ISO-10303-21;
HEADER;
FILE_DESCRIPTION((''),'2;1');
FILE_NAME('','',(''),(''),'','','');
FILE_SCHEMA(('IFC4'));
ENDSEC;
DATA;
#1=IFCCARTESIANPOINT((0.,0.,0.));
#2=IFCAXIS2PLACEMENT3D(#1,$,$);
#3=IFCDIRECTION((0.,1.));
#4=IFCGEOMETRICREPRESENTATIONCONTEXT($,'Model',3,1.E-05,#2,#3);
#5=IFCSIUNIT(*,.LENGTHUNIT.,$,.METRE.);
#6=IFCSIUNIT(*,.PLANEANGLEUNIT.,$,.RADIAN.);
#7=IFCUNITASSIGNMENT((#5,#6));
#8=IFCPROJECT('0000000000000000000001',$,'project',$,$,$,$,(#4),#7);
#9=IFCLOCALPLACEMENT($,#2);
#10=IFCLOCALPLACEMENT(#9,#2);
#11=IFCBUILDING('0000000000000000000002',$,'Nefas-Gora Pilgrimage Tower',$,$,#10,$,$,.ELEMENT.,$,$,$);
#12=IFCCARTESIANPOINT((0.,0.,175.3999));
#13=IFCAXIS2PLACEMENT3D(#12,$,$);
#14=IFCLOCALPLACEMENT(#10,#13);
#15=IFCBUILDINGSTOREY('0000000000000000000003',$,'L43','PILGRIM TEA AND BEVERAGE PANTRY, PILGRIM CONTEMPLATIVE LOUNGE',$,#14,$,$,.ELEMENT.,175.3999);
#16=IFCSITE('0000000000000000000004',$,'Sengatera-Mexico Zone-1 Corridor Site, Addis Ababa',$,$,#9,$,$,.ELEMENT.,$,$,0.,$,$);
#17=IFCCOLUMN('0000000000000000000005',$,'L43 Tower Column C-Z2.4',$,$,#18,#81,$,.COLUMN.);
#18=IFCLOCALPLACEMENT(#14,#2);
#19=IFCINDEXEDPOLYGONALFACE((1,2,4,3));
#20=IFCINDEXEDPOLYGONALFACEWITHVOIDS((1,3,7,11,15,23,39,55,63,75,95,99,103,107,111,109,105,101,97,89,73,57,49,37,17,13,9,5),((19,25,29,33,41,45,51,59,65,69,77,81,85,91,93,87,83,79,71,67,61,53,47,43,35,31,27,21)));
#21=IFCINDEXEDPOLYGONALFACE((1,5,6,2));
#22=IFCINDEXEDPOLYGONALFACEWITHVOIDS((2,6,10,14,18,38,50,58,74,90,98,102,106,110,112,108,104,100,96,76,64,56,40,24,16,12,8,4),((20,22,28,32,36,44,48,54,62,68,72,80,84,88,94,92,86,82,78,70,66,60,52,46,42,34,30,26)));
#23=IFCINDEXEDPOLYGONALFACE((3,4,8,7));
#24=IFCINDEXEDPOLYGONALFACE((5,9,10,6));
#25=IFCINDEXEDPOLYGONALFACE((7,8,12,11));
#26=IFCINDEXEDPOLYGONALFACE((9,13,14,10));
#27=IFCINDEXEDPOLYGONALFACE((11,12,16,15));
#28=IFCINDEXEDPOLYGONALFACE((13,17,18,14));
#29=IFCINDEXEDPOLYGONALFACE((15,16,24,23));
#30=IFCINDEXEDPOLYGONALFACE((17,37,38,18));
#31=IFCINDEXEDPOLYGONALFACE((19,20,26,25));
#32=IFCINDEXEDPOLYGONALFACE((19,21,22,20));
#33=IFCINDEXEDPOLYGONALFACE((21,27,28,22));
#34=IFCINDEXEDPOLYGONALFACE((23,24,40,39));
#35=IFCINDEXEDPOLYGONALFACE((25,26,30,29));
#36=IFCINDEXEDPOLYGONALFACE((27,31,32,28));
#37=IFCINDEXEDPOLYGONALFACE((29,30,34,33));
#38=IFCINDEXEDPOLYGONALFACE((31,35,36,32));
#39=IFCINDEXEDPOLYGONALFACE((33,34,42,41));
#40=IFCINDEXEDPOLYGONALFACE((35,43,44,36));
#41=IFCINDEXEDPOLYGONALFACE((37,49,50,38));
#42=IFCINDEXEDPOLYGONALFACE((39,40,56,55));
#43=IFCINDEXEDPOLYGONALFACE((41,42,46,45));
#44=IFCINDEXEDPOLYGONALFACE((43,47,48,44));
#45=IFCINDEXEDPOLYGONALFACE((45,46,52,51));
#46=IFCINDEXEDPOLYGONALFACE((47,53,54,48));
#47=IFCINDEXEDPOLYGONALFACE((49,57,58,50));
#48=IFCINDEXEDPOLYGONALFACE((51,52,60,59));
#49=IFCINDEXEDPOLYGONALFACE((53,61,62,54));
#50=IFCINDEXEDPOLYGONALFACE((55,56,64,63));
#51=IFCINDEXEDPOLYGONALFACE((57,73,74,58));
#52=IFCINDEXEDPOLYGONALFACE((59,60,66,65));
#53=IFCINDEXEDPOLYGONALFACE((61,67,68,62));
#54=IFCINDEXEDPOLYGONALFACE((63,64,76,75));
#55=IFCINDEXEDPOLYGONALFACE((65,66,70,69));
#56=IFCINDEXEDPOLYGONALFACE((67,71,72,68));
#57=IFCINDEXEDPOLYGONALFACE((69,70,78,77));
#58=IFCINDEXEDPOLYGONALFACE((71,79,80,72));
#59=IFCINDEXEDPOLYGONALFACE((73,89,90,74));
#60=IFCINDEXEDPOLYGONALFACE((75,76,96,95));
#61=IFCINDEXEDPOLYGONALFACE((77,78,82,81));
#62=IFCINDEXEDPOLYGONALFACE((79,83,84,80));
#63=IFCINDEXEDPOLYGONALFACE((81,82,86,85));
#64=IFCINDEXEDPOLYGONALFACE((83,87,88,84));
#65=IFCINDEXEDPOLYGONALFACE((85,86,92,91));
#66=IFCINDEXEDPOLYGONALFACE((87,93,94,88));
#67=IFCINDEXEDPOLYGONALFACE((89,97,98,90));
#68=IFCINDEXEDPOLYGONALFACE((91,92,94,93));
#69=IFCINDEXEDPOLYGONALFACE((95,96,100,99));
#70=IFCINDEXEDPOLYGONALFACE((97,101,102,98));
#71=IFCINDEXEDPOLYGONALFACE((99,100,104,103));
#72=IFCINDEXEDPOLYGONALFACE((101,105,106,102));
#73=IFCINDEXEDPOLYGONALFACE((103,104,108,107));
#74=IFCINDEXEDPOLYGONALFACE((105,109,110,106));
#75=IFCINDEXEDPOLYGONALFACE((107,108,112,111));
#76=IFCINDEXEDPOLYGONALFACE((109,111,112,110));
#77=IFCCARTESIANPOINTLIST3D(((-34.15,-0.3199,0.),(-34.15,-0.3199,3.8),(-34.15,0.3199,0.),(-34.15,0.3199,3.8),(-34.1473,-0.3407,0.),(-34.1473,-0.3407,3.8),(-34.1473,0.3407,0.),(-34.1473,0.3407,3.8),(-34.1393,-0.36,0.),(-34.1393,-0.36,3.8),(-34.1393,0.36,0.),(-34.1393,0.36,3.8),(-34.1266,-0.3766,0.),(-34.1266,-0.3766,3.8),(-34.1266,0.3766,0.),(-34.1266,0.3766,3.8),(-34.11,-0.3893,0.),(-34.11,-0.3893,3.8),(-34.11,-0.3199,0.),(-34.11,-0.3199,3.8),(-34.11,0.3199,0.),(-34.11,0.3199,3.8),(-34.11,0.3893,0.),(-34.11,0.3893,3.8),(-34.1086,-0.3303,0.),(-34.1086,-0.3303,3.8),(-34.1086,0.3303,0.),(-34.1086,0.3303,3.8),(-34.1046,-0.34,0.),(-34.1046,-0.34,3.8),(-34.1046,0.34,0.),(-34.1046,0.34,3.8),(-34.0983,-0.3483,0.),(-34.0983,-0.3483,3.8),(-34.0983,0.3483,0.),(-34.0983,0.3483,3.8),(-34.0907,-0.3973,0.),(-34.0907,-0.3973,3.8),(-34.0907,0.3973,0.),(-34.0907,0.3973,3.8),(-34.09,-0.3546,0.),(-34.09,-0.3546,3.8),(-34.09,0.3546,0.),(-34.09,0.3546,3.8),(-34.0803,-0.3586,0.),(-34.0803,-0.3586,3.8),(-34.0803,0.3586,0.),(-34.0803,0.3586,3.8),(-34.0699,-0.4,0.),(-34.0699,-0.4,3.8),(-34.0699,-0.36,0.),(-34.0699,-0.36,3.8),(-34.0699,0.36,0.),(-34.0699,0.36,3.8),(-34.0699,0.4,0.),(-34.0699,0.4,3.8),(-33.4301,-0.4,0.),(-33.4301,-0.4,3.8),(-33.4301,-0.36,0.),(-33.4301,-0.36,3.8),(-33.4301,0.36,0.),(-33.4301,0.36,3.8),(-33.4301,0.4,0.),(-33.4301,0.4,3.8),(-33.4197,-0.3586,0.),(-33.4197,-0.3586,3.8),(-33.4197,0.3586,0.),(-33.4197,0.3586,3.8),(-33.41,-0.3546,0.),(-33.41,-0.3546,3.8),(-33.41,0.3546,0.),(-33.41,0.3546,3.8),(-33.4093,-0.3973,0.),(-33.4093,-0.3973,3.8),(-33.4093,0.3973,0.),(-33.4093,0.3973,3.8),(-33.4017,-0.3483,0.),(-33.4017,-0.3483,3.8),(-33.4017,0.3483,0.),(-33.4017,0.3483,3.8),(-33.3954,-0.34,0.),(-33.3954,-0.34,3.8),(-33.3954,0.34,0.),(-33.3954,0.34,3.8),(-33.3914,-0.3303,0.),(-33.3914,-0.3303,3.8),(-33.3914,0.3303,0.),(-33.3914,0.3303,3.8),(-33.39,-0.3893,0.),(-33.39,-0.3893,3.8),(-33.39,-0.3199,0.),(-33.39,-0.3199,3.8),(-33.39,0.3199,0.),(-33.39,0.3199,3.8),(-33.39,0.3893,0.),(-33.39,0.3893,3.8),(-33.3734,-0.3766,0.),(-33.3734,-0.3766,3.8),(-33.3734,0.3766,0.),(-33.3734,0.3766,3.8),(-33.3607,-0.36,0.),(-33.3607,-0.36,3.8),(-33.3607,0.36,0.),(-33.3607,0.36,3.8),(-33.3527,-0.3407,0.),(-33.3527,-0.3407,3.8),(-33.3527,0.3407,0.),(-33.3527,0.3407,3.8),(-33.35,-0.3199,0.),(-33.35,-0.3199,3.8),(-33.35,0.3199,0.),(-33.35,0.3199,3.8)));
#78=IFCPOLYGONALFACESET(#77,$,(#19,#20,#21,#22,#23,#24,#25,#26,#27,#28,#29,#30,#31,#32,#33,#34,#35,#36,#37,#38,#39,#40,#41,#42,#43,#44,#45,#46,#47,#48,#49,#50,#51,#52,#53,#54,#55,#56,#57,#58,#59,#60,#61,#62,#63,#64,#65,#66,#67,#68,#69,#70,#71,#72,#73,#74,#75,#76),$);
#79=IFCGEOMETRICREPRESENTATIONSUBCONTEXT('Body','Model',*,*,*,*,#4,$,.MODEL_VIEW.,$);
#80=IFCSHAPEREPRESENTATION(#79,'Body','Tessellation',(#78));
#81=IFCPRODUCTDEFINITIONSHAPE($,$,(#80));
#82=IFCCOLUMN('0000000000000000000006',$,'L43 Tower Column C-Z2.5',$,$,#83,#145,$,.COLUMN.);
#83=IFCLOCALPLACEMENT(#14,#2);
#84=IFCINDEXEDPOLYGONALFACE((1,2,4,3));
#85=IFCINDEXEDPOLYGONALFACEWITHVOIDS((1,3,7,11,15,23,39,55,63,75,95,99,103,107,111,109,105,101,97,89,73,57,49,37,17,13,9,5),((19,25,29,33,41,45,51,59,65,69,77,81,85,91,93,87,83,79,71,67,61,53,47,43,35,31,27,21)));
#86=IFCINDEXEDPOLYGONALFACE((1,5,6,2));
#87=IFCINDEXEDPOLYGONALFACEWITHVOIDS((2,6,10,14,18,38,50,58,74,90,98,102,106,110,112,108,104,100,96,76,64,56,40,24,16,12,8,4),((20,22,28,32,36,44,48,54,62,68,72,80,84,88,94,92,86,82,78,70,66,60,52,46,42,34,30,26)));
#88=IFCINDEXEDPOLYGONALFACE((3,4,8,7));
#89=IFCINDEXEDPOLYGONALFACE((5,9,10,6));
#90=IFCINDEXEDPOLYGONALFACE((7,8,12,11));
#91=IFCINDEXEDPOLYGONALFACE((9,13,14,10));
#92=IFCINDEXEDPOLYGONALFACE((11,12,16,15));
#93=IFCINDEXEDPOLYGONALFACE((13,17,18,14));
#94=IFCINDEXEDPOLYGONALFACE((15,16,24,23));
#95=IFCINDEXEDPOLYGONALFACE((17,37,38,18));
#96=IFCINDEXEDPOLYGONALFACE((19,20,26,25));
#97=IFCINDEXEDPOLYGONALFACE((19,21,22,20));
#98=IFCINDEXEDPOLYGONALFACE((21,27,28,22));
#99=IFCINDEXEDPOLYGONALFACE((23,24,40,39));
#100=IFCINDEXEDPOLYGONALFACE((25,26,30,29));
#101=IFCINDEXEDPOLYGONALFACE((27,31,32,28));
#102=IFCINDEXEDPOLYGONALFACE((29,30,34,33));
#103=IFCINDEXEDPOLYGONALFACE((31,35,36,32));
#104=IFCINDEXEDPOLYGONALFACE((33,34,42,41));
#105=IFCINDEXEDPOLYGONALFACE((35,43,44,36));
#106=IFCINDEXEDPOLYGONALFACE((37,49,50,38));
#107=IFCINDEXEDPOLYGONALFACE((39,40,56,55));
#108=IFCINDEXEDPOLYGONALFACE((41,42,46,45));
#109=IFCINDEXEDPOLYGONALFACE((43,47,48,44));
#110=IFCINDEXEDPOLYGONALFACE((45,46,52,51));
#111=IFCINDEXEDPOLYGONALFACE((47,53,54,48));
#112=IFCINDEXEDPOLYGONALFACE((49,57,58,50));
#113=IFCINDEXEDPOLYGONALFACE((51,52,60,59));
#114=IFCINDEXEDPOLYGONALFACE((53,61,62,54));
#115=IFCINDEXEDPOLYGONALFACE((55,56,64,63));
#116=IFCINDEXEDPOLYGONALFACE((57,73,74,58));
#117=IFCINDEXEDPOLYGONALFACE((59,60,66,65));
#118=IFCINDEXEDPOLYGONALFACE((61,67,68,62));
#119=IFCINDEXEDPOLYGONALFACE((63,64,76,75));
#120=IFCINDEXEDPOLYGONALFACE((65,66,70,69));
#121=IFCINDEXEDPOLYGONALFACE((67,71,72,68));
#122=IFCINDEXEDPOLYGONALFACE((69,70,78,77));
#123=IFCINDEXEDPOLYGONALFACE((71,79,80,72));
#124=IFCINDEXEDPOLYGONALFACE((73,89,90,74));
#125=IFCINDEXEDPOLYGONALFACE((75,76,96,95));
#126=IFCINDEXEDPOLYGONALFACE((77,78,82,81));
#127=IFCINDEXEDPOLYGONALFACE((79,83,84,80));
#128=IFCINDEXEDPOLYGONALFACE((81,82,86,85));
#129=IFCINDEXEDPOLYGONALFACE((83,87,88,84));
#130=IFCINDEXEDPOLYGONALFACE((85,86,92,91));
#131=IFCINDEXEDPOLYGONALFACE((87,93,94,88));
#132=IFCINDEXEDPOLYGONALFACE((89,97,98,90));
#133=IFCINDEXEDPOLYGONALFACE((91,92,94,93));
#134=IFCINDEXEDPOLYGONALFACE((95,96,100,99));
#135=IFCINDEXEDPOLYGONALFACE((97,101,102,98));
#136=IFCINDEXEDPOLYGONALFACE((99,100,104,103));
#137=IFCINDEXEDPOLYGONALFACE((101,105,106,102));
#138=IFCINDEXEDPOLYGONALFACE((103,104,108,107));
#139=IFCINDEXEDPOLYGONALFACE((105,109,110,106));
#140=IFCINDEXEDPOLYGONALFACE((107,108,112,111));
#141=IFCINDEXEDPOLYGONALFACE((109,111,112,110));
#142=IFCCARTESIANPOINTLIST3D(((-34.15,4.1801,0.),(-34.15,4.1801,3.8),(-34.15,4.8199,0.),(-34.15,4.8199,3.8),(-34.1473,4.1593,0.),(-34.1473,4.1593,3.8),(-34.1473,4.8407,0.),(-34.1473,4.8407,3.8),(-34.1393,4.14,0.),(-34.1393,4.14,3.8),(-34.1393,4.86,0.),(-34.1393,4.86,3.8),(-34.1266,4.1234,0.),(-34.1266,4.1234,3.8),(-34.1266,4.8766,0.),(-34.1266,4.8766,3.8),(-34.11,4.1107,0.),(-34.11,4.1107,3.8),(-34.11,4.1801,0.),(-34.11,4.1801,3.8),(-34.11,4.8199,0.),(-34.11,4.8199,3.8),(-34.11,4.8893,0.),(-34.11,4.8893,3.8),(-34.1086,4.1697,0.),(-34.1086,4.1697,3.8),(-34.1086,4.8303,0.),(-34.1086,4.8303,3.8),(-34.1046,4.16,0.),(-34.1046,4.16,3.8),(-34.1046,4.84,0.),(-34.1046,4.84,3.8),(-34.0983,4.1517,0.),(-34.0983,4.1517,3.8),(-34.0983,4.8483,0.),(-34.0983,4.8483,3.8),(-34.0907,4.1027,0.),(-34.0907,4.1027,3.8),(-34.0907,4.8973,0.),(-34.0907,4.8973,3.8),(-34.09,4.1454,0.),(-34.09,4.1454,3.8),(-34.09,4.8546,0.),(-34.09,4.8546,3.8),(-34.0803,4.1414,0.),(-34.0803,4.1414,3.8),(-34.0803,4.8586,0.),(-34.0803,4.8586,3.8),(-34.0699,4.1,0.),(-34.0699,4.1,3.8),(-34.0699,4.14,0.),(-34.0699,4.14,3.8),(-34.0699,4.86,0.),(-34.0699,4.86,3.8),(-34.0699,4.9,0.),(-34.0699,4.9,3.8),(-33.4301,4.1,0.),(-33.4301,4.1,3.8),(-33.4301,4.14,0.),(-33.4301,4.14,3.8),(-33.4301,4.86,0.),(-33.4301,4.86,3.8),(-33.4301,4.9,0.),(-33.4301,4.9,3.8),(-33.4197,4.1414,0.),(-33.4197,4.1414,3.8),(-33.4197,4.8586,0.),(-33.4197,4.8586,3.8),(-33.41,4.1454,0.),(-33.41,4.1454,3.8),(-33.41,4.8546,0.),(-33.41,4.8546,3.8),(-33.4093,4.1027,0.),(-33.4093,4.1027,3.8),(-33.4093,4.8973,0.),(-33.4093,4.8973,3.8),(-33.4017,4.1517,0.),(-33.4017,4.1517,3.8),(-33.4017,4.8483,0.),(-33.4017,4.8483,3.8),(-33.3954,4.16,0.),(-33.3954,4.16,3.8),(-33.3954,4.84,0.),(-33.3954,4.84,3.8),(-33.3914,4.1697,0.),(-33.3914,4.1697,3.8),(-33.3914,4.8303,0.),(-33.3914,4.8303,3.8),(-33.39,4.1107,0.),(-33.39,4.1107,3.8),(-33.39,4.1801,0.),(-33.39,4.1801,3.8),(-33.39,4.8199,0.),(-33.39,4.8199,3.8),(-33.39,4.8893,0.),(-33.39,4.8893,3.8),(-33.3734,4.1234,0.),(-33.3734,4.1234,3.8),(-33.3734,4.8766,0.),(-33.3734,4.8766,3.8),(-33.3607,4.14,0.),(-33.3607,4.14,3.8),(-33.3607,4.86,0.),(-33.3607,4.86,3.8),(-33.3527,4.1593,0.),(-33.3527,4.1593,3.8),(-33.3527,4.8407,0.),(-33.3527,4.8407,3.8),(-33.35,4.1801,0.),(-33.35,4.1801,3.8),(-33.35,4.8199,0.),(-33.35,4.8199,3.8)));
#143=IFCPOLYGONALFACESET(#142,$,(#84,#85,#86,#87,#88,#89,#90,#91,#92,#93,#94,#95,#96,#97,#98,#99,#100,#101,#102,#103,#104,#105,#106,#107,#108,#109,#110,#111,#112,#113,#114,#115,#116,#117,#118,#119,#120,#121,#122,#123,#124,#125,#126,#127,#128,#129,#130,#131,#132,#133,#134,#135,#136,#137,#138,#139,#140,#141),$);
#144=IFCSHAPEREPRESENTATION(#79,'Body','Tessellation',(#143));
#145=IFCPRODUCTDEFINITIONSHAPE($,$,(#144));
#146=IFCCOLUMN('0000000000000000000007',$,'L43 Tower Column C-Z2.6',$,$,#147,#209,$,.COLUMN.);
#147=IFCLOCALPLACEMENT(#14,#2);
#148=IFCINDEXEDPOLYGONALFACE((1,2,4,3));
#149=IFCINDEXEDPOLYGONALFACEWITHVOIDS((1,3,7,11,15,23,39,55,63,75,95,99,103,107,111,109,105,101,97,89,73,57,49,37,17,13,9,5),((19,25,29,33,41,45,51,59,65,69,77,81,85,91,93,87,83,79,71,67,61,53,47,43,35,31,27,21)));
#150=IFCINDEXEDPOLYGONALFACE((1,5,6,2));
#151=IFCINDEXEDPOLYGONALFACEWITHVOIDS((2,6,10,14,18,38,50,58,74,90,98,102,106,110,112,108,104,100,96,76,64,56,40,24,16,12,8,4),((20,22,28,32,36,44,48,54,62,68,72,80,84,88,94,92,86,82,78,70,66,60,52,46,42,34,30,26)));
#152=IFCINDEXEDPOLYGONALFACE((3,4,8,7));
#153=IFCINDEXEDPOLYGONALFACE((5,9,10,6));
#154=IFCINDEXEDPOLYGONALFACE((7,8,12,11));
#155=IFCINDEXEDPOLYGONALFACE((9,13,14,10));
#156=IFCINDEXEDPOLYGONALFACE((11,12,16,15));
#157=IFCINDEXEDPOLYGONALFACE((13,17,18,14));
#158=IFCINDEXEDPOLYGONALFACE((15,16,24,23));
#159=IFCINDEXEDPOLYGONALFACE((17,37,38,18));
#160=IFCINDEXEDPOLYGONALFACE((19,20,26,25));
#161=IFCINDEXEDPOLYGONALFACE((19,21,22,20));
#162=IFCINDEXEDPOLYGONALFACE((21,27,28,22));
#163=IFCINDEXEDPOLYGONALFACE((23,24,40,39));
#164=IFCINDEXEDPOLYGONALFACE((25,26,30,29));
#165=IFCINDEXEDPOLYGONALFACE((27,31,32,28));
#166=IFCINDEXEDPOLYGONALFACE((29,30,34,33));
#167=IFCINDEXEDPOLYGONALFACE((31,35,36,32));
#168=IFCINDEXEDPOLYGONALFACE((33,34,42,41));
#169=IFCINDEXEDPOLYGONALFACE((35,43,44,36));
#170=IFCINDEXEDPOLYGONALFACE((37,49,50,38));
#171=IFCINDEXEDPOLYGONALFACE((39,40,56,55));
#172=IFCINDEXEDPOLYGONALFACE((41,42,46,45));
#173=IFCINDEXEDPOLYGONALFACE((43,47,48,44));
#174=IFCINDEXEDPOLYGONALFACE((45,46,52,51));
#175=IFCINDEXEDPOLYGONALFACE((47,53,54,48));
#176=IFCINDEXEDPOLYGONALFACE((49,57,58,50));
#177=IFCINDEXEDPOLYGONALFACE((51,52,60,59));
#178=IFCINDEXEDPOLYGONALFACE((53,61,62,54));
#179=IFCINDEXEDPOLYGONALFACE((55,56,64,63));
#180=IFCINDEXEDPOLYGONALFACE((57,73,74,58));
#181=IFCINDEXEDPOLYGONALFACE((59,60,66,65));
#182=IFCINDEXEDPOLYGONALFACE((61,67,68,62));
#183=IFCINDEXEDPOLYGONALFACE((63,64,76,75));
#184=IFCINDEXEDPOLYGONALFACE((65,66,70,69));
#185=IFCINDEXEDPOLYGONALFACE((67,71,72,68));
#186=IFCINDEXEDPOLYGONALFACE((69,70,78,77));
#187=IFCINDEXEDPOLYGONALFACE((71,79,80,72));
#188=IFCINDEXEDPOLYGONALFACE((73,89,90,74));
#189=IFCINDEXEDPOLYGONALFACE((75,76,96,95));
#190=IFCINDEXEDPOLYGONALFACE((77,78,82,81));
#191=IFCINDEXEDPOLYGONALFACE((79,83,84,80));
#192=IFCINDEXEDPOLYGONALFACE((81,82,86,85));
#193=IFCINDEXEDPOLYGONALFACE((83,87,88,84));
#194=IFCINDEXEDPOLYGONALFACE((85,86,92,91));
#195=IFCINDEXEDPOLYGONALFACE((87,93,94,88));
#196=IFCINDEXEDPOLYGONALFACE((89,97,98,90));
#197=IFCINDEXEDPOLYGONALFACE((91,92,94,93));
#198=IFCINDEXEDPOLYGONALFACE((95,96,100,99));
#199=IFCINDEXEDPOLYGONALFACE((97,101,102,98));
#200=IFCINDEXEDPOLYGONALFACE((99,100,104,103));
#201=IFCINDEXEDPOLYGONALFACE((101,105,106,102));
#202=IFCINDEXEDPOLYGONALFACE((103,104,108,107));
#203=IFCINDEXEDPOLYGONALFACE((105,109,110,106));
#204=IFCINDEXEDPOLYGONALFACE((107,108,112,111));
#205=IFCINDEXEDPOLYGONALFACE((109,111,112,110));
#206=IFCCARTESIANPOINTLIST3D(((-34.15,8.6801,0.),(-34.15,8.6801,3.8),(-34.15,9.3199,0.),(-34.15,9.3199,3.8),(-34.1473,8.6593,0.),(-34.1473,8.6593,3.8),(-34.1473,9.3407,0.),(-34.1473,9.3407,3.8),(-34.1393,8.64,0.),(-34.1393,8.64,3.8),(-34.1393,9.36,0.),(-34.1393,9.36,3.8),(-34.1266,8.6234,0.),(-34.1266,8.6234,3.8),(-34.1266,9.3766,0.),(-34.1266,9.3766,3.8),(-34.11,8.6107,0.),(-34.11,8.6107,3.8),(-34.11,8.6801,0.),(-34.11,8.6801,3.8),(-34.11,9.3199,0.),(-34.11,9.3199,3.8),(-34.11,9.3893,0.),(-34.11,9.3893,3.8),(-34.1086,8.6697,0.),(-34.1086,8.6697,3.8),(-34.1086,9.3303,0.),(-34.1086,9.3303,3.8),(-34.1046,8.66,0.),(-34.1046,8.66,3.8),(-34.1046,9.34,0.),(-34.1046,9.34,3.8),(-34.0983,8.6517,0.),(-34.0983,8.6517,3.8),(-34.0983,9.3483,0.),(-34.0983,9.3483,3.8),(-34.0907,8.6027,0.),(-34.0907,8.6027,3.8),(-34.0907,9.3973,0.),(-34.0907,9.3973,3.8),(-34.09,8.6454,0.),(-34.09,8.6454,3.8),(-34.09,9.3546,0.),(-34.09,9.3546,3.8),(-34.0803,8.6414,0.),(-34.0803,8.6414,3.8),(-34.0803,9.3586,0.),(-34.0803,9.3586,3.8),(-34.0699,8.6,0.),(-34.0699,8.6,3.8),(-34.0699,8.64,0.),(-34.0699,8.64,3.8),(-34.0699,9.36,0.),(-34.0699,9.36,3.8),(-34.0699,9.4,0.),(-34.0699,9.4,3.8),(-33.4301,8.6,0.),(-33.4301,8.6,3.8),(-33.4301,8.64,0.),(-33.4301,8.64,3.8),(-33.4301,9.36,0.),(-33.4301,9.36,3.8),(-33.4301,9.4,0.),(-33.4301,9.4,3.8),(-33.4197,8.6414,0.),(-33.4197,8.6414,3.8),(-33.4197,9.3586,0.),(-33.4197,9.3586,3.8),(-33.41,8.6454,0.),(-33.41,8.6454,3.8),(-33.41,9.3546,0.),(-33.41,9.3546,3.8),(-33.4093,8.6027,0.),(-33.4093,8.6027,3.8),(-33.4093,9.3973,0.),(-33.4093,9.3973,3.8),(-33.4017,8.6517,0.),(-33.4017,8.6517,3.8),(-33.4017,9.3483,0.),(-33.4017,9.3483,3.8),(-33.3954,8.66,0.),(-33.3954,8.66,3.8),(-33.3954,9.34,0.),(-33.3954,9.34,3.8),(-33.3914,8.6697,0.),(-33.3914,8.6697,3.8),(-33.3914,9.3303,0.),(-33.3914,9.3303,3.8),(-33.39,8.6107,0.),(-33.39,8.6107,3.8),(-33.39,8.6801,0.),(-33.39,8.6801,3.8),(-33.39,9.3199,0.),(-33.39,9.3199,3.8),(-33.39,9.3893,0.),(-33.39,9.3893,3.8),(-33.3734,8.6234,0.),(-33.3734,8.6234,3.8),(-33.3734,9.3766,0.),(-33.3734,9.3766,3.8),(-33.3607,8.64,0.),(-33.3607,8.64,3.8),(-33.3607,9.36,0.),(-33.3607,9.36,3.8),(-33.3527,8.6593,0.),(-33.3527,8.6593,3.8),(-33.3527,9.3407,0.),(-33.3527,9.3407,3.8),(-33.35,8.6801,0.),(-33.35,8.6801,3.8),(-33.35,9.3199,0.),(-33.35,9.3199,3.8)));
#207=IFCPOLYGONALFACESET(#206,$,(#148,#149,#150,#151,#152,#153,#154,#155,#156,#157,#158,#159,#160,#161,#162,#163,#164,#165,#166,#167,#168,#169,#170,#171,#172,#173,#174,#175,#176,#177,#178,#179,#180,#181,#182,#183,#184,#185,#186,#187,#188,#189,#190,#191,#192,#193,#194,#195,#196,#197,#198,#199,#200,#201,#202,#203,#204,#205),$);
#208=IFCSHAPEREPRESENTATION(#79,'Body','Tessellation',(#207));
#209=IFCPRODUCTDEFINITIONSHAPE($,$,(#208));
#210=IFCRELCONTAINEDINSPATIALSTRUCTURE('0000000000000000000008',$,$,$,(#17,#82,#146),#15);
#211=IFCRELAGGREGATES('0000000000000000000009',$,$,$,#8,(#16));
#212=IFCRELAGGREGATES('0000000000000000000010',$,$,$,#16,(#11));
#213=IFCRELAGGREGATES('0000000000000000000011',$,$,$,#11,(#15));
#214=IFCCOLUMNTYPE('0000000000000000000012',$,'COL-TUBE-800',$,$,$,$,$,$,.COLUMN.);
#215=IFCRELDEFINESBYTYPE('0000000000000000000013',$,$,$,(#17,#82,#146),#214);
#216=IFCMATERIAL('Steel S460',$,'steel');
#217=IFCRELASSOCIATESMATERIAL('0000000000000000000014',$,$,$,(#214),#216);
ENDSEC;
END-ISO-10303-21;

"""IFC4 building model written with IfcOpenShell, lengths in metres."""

from ifc_helpers import new_model, si_unit, direction, frame, origin, origin_2d, place, context, subcontext, project, spatial, hollow_rectangle, extrude, source, transform, mapped, material, material_profile, profile_set, type_object, element, save


model = new_model("IFC4")

# Units and contexts
model_context = context("Model", 3, precision=1e-05, world=origin(), true_north=direction((0.0, 1.0)))
body_context = subcontext(model_context, "Body", "Model", "MODEL_VIEW")
ifc_project = project(units=[si_unit("LENGTHUNIT", "METRE"), si_unit("PLANEANGLEUNIT", "RADIAN")], contexts=[model_context])

# Site, building, storey
site_placement = place(None, origin())
site = spatial("IfcSite", under=ifc_project, at=site_placement, Name="Sengatera-Mexico Zone-1 Corridor Site, Addis Ababa", CompositionType="ELEMENT", RefElevation=0.0)
building_placement = place(site_placement, origin())
building = spatial("IfcBuilding", under=site, at=building_placement, Name="Nefas-Gora Pilgrimage Tower", CompositionType="ELEMENT")
storey_placement = place(building_placement, frame((0.0, 0.0, 175.3999)))
storey = spatial("IfcBuildingStorey", under=building, at=storey_placement, Name="L43", Description="PILGRIM TEA AND BEVERAGE PANTRY, PILGRIM CONTEMPLATIVE LOUNGE", CompositionType="ELEMENT", Elevation=175.3999)

# Columns
ifc_material_1 = material(Name="Steel S460", Category="steel")
ifc_material_profile_1 = material_profile(ifc_material_1, hollow_rectangle(XDim=0.8, YDim=0.8, WallThickness=0.04, InnerFilletRadius=0.04, OuterFilletRadius=0.0801, at=origin_2d()), Name="BOX 800x800x40")
ifc_profile_set_1 = profile_set([ifc_material_profile_1], Name="Steel S460")
column_type_1 = type_object("IfcColumnType", Name="COL-TUBE-800", PredefinedType="COLUMN", material=ifc_profile_set_1)
shared_shape_1 = source(origin(), body_context, "Body", "SweptSolid", [
    extrude(hollow_rectangle(XDim=0.8, YDim=0.8, WallThickness=0.04, InnerFilletRadius=0.04, OuterFilletRadius=0.0801, at=origin_2d()), origin(), (0.0, 0.0, 1.0), 3.8),
])
for number, where, z_axis, x_axis, name in (
    (1, (-33.75, 0.0, 0.0), (0.0, 0.0, 1.0), (1.0, 0.0, 0.0), "L43 Tower Column C-Z2.4"),
    (2, (-33.75, 4.5, 0.0), (0.0, 0.0, 1.0), (1.0, 0.0, 0.0), "L43 Tower Column C-Z2.5"),
    (3, (-33.75, 9.0, 0.0), (0.0, 0.0, 1.0), (1.0, 0.0, 0.0), "L43 Tower Column C-Z2.6"),
):
    element("IfcColumn", number, at=place(storey_placement, frame(where, z_axis=z_axis, x_axis=x_axis)), inside=storey, type_object=column_type_1, Name=name, PredefinedType="COLUMN", context=body_context, shape_type="MappedRepresentation", body=[
        mapped(shared_shape_1, transform((0.0, 0.0, 0.0), x_axis=(1.0, 0.0, 0.0), y_axis=(0.0, 1.0, 0.0), z_axis=(0.0, 0.0, 1.0), scale=1.0)),
    ])

save(model, "model.ifc")
